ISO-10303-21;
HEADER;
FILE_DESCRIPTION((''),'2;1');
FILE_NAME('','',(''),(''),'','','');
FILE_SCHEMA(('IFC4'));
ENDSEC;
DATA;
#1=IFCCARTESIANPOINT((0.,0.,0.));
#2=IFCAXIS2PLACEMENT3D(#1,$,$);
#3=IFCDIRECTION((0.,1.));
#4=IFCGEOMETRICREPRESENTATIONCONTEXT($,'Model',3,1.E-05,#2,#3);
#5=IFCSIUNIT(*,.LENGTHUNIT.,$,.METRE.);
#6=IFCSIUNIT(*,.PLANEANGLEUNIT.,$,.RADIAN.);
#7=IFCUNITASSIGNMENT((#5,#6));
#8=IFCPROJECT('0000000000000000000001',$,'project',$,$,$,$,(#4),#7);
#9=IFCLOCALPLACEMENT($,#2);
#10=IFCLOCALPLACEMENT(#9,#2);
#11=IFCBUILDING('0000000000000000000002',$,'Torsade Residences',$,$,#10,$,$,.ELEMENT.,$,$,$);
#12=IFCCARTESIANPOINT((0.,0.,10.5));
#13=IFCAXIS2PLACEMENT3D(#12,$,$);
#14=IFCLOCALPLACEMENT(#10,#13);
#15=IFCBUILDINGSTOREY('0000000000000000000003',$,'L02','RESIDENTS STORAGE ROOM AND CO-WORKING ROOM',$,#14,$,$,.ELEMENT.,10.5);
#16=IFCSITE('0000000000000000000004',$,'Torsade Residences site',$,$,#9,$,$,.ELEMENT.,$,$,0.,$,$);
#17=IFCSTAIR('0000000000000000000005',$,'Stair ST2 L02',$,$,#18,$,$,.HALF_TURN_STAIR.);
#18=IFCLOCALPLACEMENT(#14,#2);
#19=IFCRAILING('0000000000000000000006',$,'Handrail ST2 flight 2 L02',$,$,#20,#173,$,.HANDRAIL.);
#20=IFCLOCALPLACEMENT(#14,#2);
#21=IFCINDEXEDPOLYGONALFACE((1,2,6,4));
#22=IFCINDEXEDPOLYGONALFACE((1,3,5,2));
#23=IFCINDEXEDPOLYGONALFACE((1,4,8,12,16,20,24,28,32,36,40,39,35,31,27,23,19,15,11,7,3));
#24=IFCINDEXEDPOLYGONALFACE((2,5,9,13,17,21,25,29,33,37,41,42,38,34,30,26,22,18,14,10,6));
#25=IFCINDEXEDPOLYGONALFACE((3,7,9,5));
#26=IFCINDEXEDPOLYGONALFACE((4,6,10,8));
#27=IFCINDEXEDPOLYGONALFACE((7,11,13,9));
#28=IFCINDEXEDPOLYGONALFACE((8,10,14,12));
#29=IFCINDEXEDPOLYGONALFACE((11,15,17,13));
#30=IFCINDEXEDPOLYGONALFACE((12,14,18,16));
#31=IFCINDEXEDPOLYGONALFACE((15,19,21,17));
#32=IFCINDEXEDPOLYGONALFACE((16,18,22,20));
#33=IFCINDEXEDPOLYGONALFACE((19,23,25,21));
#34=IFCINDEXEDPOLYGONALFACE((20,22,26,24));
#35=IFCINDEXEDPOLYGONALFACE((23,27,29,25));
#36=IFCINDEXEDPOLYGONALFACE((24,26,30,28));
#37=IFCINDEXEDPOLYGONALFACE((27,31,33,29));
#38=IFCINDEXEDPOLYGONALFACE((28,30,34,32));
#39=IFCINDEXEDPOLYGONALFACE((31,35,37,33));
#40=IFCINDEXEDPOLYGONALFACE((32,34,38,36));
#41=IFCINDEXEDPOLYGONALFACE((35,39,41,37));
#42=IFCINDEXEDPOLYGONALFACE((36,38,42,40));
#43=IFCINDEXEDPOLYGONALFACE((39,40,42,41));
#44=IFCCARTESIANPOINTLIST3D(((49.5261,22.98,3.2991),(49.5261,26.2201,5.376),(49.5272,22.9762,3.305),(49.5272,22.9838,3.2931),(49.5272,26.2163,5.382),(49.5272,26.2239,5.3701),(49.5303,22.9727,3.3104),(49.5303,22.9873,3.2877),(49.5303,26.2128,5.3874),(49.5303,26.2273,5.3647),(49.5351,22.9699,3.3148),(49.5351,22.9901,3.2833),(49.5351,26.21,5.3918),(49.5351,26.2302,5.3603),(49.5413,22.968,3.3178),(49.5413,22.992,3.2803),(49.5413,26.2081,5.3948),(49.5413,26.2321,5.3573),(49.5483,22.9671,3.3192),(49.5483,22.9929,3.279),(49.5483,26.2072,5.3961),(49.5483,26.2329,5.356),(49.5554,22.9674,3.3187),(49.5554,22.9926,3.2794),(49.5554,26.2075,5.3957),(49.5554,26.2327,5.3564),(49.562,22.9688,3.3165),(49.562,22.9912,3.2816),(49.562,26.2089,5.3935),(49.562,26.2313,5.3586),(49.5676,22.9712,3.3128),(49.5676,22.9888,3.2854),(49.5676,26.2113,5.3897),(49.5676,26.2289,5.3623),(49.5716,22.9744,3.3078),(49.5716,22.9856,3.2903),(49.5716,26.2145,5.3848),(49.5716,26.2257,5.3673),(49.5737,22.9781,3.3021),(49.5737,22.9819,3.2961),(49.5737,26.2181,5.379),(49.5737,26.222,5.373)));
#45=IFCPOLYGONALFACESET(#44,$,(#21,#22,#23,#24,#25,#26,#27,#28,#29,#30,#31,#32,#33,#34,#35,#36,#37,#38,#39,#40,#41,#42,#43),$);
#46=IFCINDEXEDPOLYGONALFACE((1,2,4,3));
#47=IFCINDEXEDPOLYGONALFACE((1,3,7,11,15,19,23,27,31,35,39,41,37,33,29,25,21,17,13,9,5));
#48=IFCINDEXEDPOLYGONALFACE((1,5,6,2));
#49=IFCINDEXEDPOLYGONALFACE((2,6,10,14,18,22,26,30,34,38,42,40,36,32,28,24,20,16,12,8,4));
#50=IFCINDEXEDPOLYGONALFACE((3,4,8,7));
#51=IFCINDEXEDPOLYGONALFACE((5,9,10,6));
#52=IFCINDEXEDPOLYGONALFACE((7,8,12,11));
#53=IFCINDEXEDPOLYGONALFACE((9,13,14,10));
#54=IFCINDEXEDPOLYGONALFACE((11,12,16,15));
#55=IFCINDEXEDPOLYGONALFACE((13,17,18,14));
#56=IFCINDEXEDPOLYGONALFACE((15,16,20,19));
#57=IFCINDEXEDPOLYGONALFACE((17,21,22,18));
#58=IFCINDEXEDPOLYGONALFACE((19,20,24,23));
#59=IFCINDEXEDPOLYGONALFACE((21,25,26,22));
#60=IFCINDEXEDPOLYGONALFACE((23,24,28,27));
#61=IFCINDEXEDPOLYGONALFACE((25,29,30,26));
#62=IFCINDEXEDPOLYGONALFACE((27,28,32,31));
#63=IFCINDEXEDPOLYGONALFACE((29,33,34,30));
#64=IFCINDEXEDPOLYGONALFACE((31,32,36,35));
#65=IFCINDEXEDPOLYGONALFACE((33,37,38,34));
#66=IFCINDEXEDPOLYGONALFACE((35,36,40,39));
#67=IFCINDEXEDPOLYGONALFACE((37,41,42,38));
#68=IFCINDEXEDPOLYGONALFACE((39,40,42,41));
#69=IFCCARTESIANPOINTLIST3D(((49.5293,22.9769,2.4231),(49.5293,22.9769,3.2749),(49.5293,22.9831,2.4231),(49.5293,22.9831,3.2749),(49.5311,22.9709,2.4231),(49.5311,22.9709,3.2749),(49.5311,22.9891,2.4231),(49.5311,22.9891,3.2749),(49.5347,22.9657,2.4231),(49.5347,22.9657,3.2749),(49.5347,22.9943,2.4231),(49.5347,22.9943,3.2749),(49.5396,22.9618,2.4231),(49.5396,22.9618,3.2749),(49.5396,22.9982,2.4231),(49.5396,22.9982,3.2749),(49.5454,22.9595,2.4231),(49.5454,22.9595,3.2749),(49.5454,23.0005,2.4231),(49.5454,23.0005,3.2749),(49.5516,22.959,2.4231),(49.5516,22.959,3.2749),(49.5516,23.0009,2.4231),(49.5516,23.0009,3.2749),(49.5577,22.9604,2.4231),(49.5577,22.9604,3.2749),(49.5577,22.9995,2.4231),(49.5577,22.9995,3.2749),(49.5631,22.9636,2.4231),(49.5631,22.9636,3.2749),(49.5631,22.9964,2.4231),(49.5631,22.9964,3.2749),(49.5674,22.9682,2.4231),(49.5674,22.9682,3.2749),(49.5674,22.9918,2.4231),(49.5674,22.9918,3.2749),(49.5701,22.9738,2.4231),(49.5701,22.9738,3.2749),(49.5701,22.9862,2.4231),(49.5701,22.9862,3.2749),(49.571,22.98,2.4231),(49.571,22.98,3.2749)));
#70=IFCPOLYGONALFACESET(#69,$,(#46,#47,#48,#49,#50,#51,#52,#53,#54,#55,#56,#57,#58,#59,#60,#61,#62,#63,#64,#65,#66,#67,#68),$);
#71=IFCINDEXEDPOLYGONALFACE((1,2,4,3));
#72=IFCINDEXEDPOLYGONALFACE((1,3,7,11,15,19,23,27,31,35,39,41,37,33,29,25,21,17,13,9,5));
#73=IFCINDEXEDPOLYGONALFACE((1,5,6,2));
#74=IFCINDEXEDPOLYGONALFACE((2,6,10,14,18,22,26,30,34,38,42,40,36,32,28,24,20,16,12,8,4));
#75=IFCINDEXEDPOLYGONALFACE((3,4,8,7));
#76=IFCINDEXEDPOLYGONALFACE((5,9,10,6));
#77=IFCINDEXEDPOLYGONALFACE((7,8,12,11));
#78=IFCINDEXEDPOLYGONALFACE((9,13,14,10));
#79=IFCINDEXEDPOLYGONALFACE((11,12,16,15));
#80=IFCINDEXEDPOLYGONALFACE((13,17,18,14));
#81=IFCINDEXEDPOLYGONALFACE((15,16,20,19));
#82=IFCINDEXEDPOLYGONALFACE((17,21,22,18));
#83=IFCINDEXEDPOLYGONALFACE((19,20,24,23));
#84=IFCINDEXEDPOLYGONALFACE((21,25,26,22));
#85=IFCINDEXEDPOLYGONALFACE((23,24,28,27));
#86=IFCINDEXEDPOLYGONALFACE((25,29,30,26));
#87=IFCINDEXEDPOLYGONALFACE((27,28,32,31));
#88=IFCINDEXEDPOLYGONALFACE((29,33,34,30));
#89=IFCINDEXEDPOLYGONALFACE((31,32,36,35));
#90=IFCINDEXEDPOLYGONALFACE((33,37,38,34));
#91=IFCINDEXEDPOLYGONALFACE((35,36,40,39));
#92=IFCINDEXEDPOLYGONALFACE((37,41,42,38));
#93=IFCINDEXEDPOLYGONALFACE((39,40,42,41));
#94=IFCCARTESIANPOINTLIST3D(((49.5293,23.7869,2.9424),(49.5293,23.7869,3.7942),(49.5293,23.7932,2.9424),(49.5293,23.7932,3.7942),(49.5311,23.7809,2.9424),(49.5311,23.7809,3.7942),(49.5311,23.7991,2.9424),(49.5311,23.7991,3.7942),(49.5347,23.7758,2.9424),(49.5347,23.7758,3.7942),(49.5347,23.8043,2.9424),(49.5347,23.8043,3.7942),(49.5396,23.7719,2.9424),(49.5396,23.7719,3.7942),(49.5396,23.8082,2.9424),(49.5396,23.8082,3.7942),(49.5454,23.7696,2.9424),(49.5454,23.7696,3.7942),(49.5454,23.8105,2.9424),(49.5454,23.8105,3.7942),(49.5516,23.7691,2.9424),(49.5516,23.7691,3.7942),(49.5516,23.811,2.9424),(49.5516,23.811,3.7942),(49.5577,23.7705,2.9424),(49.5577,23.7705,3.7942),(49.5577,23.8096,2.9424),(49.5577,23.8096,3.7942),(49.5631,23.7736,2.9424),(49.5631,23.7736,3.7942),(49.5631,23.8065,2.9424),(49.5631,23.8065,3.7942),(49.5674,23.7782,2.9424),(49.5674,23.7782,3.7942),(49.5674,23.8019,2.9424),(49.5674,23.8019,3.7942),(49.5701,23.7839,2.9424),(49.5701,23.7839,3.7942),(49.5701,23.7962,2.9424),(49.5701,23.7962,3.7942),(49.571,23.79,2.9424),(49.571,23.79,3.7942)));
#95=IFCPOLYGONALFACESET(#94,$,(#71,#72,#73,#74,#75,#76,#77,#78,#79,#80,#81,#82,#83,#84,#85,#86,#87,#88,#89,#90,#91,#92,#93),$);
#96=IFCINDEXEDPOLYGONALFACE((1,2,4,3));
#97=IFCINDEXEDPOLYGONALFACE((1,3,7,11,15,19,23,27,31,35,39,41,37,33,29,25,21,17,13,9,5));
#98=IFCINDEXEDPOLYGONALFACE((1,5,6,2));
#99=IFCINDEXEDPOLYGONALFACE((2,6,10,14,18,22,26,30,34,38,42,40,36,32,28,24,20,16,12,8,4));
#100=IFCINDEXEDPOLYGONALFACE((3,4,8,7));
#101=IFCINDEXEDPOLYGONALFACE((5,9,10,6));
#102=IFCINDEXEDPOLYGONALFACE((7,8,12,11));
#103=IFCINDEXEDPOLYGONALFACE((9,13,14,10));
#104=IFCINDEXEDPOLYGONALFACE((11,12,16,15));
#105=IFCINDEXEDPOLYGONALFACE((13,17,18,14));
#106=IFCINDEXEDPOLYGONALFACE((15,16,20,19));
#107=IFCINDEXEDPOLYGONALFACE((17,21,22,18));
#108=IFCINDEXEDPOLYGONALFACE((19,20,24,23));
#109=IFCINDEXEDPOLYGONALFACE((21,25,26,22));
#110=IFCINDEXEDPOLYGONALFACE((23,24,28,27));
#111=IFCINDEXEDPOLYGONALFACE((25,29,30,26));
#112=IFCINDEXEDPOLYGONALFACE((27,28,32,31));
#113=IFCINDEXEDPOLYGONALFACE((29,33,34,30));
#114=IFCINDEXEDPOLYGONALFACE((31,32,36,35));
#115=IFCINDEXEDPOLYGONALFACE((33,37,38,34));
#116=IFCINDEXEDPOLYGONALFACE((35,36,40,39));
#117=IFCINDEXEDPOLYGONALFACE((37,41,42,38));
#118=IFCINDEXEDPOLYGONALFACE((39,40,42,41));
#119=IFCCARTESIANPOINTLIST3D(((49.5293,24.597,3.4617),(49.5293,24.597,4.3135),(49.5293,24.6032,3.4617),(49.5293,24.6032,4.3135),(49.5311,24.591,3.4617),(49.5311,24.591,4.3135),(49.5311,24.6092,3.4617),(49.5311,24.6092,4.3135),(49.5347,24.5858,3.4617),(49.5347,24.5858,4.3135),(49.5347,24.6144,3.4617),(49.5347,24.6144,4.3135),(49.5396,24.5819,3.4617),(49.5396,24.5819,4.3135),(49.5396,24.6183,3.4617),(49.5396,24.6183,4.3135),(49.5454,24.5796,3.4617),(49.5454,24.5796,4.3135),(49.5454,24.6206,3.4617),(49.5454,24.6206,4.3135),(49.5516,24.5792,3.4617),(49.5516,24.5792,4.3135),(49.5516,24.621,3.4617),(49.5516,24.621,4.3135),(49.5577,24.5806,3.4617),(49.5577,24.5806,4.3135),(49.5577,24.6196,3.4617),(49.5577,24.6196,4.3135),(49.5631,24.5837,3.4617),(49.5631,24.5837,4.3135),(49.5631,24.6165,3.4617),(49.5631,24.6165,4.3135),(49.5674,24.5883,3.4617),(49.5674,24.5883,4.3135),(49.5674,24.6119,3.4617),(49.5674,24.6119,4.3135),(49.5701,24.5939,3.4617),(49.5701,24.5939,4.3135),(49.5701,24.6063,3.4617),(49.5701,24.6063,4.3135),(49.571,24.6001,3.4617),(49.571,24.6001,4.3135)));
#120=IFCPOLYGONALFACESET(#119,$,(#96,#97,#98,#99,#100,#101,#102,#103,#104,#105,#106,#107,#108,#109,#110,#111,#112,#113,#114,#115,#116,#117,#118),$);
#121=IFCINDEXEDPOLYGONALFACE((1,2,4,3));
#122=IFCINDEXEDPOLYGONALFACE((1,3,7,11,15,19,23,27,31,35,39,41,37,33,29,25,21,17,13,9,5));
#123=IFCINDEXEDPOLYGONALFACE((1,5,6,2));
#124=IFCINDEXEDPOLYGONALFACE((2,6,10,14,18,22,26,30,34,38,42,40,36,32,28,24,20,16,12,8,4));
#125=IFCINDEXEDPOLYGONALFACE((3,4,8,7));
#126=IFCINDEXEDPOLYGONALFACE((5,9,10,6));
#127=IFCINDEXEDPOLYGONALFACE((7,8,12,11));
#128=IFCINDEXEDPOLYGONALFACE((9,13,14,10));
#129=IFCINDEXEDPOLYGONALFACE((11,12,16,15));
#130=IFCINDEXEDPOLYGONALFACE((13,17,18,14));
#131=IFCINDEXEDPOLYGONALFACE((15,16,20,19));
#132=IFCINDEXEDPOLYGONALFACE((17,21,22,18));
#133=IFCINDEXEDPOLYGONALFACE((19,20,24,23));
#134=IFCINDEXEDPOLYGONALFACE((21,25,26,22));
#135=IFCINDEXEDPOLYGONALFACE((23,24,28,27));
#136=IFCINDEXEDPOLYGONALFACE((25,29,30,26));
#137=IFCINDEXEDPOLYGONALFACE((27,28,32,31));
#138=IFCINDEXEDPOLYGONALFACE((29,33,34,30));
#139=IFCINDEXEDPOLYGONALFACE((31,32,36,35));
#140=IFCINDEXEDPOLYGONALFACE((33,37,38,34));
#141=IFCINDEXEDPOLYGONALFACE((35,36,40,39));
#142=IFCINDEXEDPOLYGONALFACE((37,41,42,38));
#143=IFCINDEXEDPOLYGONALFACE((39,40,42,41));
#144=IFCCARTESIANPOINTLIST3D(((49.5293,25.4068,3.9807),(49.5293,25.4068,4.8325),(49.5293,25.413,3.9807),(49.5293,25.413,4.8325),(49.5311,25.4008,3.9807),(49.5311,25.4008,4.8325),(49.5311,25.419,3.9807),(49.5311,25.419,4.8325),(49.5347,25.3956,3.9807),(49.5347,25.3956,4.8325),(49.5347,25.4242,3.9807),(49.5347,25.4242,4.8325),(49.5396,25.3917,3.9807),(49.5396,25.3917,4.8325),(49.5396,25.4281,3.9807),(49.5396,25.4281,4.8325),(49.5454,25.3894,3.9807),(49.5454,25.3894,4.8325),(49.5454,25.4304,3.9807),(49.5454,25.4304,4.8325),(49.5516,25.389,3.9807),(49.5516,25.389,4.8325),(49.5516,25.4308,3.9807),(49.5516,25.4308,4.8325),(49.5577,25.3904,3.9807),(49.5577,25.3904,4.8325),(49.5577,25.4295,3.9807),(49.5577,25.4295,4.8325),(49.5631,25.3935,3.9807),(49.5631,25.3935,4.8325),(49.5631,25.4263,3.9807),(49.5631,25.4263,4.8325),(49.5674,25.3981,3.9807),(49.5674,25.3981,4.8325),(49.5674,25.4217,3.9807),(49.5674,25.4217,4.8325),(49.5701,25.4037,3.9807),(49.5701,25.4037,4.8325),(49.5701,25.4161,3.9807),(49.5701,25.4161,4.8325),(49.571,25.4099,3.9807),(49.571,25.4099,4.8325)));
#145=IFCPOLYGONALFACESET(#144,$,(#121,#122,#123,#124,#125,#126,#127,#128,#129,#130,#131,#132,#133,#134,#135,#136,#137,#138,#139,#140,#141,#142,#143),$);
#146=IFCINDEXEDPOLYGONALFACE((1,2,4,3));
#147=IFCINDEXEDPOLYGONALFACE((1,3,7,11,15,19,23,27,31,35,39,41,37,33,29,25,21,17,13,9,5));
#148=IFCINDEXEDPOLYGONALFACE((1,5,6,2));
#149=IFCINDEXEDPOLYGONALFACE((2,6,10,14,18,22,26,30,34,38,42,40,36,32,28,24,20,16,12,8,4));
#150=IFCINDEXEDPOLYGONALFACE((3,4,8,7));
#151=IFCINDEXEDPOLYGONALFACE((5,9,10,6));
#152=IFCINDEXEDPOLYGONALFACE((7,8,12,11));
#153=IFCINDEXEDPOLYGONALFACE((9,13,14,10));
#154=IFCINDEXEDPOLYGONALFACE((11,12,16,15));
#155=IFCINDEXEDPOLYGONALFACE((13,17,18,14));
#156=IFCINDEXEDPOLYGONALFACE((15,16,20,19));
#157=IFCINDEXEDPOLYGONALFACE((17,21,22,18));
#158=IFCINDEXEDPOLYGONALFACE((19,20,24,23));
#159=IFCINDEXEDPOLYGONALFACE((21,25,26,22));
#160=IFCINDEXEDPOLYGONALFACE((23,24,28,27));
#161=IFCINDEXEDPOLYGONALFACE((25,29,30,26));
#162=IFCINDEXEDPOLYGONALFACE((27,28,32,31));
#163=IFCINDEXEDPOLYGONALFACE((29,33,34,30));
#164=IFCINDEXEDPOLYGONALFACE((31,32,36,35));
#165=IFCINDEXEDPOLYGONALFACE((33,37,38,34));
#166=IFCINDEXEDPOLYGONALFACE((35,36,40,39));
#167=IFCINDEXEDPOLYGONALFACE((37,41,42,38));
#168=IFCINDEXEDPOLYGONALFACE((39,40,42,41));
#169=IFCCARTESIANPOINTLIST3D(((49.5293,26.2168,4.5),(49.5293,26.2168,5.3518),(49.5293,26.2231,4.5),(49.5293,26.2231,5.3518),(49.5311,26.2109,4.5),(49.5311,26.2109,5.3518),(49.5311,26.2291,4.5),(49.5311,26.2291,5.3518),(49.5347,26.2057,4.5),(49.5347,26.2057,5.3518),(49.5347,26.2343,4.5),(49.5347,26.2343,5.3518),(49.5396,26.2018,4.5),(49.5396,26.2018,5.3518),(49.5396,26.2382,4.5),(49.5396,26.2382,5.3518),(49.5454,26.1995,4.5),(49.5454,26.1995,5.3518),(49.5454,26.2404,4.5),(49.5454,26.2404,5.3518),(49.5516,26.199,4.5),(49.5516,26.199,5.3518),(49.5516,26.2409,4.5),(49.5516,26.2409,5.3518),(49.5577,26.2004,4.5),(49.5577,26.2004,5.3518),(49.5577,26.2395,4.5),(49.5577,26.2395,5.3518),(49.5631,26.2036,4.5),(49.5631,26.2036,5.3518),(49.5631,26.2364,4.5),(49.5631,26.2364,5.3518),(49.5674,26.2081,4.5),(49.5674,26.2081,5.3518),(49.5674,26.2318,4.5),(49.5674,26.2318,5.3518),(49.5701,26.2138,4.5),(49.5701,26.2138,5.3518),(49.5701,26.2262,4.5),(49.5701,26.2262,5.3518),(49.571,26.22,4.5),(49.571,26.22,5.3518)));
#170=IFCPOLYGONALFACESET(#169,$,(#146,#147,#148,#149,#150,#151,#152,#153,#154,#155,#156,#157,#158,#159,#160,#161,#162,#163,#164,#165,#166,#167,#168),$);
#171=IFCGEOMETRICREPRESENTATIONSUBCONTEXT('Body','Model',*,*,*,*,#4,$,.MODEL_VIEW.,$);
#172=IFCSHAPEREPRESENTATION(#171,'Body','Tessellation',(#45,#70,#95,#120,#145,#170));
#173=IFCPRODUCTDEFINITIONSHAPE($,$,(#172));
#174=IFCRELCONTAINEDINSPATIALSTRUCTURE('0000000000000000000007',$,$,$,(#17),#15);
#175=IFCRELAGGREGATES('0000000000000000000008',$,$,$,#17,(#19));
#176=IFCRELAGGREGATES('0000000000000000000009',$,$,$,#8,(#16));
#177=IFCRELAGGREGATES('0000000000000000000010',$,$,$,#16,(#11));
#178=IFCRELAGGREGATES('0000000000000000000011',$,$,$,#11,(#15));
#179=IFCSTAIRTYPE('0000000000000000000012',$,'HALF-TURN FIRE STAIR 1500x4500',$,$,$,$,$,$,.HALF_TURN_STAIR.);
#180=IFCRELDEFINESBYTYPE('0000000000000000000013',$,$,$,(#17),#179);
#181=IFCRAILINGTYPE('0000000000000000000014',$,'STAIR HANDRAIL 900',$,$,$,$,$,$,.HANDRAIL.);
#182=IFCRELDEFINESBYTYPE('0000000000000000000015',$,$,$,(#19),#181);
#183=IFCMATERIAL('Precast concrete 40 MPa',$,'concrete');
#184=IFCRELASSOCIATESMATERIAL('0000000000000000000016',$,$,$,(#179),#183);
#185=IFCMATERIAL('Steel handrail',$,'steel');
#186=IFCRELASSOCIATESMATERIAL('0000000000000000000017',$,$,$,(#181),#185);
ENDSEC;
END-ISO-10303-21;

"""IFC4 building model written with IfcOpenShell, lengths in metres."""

from ifc_helpers import new_model, si_unit, direction, frame, origin, origin_2d, place, context, subcontext, project, spatial, circle, extrude, material, type_object, element, aggregate, save


model = new_model("IFC4")

# Units and contexts
model_context = context("Model", 3, precision=1e-05, world=origin(), true_north=direction((0.0, 1.0)))
body_context = subcontext(model_context, "Body", "Model", "MODEL_VIEW")
ifc_project = project(units=[si_unit("LENGTHUNIT", "METRE"), si_unit("PLANEANGLEUNIT", "RADIAN")], contexts=[model_context])

# Site, building, storey
site_placement = place(None, origin())
site = spatial("IfcSite", under=ifc_project, at=site_placement, Name="Torsade Residences site", CompositionType="ELEMENT", RefElevation=0.0)
building_placement = place(site_placement, origin())
building = spatial("IfcBuilding", under=site, at=building_placement, Name="Torsade Residences", CompositionType="ELEMENT")
storey_placement = place(building_placement, frame((0.0, 0.0, 10.5)))
storey = spatial("IfcBuildingStorey", under=building, at=storey_placement, Name="L02", Description="RESIDENTS STORAGE ROOM AND CO-WORKING ROOM", CompositionType="ELEMENT", Elevation=10.5)

# Stair, railing
ifc_material_1 = material(Name="Precast concrete 40 MPa", Category="concrete")
stair_type = type_object("IfcStairType", Name="HALF-TURN FIRE STAIR 1500x4500", PredefinedType="HALF_TURN_STAIR", material=ifc_material_1)
stair_placement = place(storey_placement, origin())
stair = element("IfcStair", 1, at=stair_placement, inside=storey, type_object=stair_type, Name="Stair ST2 L02", PredefinedType="HALF_TURN_STAIR")
ifc_material_2 = material(Name="Steel handrail", Category="steel")
railing_type = type_object("IfcRailingType", Name="STAIR HANDRAIL 900", PredefinedType="HANDRAIL", material=ifc_material_2)
railing_placement = place(storey_placement, frame((49.55, 22.98, 2.4231)))
railing = element("IfcRailing", 2, at=railing_placement, type_object=railing_type, Name="Handrail ST2 flight 2 L02", PredefinedType="HANDRAIL", context=body_context, shape_type="SweptSolid", body=[
    extrude(circle(Radius=0.0239, at=origin_2d()), frame((0.0, 0.0, 0.876), z_axis=(0.0, 0.841881, 0.539664), x_axis=(-1.0, 0.0, 0.0)), (0.0, 0.0, 1.0), 3.8486),
    extrude(circle(Radius=0.021, at=origin_2d()), origin(), (0.0, 0.0, 1.0), 0.8518),
    extrude(circle(Radius=0.021, at=origin_2d()), frame((0.0, 0.8101, 0.5193)), (0.0, 0.0, 1.0), 0.8518),
    extrude(circle(Radius=0.021, at=origin_2d()), frame((0.0, 1.6201, 1.0386)), (0.0, 0.0, 1.0), 0.8518),
    extrude(circle(Radius=0.021, at=origin_2d()), frame((0.0, 2.4299, 1.5576)), (0.0, 0.0, 1.0), 0.8518),
    extrude(circle(Radius=0.021, at=origin_2d()), frame((0.0, 3.24, 2.0769)), (0.0, 0.0, 1.0), 0.8518),
])
aggregate(stair, [railing])

save(model, "model.ifc")
